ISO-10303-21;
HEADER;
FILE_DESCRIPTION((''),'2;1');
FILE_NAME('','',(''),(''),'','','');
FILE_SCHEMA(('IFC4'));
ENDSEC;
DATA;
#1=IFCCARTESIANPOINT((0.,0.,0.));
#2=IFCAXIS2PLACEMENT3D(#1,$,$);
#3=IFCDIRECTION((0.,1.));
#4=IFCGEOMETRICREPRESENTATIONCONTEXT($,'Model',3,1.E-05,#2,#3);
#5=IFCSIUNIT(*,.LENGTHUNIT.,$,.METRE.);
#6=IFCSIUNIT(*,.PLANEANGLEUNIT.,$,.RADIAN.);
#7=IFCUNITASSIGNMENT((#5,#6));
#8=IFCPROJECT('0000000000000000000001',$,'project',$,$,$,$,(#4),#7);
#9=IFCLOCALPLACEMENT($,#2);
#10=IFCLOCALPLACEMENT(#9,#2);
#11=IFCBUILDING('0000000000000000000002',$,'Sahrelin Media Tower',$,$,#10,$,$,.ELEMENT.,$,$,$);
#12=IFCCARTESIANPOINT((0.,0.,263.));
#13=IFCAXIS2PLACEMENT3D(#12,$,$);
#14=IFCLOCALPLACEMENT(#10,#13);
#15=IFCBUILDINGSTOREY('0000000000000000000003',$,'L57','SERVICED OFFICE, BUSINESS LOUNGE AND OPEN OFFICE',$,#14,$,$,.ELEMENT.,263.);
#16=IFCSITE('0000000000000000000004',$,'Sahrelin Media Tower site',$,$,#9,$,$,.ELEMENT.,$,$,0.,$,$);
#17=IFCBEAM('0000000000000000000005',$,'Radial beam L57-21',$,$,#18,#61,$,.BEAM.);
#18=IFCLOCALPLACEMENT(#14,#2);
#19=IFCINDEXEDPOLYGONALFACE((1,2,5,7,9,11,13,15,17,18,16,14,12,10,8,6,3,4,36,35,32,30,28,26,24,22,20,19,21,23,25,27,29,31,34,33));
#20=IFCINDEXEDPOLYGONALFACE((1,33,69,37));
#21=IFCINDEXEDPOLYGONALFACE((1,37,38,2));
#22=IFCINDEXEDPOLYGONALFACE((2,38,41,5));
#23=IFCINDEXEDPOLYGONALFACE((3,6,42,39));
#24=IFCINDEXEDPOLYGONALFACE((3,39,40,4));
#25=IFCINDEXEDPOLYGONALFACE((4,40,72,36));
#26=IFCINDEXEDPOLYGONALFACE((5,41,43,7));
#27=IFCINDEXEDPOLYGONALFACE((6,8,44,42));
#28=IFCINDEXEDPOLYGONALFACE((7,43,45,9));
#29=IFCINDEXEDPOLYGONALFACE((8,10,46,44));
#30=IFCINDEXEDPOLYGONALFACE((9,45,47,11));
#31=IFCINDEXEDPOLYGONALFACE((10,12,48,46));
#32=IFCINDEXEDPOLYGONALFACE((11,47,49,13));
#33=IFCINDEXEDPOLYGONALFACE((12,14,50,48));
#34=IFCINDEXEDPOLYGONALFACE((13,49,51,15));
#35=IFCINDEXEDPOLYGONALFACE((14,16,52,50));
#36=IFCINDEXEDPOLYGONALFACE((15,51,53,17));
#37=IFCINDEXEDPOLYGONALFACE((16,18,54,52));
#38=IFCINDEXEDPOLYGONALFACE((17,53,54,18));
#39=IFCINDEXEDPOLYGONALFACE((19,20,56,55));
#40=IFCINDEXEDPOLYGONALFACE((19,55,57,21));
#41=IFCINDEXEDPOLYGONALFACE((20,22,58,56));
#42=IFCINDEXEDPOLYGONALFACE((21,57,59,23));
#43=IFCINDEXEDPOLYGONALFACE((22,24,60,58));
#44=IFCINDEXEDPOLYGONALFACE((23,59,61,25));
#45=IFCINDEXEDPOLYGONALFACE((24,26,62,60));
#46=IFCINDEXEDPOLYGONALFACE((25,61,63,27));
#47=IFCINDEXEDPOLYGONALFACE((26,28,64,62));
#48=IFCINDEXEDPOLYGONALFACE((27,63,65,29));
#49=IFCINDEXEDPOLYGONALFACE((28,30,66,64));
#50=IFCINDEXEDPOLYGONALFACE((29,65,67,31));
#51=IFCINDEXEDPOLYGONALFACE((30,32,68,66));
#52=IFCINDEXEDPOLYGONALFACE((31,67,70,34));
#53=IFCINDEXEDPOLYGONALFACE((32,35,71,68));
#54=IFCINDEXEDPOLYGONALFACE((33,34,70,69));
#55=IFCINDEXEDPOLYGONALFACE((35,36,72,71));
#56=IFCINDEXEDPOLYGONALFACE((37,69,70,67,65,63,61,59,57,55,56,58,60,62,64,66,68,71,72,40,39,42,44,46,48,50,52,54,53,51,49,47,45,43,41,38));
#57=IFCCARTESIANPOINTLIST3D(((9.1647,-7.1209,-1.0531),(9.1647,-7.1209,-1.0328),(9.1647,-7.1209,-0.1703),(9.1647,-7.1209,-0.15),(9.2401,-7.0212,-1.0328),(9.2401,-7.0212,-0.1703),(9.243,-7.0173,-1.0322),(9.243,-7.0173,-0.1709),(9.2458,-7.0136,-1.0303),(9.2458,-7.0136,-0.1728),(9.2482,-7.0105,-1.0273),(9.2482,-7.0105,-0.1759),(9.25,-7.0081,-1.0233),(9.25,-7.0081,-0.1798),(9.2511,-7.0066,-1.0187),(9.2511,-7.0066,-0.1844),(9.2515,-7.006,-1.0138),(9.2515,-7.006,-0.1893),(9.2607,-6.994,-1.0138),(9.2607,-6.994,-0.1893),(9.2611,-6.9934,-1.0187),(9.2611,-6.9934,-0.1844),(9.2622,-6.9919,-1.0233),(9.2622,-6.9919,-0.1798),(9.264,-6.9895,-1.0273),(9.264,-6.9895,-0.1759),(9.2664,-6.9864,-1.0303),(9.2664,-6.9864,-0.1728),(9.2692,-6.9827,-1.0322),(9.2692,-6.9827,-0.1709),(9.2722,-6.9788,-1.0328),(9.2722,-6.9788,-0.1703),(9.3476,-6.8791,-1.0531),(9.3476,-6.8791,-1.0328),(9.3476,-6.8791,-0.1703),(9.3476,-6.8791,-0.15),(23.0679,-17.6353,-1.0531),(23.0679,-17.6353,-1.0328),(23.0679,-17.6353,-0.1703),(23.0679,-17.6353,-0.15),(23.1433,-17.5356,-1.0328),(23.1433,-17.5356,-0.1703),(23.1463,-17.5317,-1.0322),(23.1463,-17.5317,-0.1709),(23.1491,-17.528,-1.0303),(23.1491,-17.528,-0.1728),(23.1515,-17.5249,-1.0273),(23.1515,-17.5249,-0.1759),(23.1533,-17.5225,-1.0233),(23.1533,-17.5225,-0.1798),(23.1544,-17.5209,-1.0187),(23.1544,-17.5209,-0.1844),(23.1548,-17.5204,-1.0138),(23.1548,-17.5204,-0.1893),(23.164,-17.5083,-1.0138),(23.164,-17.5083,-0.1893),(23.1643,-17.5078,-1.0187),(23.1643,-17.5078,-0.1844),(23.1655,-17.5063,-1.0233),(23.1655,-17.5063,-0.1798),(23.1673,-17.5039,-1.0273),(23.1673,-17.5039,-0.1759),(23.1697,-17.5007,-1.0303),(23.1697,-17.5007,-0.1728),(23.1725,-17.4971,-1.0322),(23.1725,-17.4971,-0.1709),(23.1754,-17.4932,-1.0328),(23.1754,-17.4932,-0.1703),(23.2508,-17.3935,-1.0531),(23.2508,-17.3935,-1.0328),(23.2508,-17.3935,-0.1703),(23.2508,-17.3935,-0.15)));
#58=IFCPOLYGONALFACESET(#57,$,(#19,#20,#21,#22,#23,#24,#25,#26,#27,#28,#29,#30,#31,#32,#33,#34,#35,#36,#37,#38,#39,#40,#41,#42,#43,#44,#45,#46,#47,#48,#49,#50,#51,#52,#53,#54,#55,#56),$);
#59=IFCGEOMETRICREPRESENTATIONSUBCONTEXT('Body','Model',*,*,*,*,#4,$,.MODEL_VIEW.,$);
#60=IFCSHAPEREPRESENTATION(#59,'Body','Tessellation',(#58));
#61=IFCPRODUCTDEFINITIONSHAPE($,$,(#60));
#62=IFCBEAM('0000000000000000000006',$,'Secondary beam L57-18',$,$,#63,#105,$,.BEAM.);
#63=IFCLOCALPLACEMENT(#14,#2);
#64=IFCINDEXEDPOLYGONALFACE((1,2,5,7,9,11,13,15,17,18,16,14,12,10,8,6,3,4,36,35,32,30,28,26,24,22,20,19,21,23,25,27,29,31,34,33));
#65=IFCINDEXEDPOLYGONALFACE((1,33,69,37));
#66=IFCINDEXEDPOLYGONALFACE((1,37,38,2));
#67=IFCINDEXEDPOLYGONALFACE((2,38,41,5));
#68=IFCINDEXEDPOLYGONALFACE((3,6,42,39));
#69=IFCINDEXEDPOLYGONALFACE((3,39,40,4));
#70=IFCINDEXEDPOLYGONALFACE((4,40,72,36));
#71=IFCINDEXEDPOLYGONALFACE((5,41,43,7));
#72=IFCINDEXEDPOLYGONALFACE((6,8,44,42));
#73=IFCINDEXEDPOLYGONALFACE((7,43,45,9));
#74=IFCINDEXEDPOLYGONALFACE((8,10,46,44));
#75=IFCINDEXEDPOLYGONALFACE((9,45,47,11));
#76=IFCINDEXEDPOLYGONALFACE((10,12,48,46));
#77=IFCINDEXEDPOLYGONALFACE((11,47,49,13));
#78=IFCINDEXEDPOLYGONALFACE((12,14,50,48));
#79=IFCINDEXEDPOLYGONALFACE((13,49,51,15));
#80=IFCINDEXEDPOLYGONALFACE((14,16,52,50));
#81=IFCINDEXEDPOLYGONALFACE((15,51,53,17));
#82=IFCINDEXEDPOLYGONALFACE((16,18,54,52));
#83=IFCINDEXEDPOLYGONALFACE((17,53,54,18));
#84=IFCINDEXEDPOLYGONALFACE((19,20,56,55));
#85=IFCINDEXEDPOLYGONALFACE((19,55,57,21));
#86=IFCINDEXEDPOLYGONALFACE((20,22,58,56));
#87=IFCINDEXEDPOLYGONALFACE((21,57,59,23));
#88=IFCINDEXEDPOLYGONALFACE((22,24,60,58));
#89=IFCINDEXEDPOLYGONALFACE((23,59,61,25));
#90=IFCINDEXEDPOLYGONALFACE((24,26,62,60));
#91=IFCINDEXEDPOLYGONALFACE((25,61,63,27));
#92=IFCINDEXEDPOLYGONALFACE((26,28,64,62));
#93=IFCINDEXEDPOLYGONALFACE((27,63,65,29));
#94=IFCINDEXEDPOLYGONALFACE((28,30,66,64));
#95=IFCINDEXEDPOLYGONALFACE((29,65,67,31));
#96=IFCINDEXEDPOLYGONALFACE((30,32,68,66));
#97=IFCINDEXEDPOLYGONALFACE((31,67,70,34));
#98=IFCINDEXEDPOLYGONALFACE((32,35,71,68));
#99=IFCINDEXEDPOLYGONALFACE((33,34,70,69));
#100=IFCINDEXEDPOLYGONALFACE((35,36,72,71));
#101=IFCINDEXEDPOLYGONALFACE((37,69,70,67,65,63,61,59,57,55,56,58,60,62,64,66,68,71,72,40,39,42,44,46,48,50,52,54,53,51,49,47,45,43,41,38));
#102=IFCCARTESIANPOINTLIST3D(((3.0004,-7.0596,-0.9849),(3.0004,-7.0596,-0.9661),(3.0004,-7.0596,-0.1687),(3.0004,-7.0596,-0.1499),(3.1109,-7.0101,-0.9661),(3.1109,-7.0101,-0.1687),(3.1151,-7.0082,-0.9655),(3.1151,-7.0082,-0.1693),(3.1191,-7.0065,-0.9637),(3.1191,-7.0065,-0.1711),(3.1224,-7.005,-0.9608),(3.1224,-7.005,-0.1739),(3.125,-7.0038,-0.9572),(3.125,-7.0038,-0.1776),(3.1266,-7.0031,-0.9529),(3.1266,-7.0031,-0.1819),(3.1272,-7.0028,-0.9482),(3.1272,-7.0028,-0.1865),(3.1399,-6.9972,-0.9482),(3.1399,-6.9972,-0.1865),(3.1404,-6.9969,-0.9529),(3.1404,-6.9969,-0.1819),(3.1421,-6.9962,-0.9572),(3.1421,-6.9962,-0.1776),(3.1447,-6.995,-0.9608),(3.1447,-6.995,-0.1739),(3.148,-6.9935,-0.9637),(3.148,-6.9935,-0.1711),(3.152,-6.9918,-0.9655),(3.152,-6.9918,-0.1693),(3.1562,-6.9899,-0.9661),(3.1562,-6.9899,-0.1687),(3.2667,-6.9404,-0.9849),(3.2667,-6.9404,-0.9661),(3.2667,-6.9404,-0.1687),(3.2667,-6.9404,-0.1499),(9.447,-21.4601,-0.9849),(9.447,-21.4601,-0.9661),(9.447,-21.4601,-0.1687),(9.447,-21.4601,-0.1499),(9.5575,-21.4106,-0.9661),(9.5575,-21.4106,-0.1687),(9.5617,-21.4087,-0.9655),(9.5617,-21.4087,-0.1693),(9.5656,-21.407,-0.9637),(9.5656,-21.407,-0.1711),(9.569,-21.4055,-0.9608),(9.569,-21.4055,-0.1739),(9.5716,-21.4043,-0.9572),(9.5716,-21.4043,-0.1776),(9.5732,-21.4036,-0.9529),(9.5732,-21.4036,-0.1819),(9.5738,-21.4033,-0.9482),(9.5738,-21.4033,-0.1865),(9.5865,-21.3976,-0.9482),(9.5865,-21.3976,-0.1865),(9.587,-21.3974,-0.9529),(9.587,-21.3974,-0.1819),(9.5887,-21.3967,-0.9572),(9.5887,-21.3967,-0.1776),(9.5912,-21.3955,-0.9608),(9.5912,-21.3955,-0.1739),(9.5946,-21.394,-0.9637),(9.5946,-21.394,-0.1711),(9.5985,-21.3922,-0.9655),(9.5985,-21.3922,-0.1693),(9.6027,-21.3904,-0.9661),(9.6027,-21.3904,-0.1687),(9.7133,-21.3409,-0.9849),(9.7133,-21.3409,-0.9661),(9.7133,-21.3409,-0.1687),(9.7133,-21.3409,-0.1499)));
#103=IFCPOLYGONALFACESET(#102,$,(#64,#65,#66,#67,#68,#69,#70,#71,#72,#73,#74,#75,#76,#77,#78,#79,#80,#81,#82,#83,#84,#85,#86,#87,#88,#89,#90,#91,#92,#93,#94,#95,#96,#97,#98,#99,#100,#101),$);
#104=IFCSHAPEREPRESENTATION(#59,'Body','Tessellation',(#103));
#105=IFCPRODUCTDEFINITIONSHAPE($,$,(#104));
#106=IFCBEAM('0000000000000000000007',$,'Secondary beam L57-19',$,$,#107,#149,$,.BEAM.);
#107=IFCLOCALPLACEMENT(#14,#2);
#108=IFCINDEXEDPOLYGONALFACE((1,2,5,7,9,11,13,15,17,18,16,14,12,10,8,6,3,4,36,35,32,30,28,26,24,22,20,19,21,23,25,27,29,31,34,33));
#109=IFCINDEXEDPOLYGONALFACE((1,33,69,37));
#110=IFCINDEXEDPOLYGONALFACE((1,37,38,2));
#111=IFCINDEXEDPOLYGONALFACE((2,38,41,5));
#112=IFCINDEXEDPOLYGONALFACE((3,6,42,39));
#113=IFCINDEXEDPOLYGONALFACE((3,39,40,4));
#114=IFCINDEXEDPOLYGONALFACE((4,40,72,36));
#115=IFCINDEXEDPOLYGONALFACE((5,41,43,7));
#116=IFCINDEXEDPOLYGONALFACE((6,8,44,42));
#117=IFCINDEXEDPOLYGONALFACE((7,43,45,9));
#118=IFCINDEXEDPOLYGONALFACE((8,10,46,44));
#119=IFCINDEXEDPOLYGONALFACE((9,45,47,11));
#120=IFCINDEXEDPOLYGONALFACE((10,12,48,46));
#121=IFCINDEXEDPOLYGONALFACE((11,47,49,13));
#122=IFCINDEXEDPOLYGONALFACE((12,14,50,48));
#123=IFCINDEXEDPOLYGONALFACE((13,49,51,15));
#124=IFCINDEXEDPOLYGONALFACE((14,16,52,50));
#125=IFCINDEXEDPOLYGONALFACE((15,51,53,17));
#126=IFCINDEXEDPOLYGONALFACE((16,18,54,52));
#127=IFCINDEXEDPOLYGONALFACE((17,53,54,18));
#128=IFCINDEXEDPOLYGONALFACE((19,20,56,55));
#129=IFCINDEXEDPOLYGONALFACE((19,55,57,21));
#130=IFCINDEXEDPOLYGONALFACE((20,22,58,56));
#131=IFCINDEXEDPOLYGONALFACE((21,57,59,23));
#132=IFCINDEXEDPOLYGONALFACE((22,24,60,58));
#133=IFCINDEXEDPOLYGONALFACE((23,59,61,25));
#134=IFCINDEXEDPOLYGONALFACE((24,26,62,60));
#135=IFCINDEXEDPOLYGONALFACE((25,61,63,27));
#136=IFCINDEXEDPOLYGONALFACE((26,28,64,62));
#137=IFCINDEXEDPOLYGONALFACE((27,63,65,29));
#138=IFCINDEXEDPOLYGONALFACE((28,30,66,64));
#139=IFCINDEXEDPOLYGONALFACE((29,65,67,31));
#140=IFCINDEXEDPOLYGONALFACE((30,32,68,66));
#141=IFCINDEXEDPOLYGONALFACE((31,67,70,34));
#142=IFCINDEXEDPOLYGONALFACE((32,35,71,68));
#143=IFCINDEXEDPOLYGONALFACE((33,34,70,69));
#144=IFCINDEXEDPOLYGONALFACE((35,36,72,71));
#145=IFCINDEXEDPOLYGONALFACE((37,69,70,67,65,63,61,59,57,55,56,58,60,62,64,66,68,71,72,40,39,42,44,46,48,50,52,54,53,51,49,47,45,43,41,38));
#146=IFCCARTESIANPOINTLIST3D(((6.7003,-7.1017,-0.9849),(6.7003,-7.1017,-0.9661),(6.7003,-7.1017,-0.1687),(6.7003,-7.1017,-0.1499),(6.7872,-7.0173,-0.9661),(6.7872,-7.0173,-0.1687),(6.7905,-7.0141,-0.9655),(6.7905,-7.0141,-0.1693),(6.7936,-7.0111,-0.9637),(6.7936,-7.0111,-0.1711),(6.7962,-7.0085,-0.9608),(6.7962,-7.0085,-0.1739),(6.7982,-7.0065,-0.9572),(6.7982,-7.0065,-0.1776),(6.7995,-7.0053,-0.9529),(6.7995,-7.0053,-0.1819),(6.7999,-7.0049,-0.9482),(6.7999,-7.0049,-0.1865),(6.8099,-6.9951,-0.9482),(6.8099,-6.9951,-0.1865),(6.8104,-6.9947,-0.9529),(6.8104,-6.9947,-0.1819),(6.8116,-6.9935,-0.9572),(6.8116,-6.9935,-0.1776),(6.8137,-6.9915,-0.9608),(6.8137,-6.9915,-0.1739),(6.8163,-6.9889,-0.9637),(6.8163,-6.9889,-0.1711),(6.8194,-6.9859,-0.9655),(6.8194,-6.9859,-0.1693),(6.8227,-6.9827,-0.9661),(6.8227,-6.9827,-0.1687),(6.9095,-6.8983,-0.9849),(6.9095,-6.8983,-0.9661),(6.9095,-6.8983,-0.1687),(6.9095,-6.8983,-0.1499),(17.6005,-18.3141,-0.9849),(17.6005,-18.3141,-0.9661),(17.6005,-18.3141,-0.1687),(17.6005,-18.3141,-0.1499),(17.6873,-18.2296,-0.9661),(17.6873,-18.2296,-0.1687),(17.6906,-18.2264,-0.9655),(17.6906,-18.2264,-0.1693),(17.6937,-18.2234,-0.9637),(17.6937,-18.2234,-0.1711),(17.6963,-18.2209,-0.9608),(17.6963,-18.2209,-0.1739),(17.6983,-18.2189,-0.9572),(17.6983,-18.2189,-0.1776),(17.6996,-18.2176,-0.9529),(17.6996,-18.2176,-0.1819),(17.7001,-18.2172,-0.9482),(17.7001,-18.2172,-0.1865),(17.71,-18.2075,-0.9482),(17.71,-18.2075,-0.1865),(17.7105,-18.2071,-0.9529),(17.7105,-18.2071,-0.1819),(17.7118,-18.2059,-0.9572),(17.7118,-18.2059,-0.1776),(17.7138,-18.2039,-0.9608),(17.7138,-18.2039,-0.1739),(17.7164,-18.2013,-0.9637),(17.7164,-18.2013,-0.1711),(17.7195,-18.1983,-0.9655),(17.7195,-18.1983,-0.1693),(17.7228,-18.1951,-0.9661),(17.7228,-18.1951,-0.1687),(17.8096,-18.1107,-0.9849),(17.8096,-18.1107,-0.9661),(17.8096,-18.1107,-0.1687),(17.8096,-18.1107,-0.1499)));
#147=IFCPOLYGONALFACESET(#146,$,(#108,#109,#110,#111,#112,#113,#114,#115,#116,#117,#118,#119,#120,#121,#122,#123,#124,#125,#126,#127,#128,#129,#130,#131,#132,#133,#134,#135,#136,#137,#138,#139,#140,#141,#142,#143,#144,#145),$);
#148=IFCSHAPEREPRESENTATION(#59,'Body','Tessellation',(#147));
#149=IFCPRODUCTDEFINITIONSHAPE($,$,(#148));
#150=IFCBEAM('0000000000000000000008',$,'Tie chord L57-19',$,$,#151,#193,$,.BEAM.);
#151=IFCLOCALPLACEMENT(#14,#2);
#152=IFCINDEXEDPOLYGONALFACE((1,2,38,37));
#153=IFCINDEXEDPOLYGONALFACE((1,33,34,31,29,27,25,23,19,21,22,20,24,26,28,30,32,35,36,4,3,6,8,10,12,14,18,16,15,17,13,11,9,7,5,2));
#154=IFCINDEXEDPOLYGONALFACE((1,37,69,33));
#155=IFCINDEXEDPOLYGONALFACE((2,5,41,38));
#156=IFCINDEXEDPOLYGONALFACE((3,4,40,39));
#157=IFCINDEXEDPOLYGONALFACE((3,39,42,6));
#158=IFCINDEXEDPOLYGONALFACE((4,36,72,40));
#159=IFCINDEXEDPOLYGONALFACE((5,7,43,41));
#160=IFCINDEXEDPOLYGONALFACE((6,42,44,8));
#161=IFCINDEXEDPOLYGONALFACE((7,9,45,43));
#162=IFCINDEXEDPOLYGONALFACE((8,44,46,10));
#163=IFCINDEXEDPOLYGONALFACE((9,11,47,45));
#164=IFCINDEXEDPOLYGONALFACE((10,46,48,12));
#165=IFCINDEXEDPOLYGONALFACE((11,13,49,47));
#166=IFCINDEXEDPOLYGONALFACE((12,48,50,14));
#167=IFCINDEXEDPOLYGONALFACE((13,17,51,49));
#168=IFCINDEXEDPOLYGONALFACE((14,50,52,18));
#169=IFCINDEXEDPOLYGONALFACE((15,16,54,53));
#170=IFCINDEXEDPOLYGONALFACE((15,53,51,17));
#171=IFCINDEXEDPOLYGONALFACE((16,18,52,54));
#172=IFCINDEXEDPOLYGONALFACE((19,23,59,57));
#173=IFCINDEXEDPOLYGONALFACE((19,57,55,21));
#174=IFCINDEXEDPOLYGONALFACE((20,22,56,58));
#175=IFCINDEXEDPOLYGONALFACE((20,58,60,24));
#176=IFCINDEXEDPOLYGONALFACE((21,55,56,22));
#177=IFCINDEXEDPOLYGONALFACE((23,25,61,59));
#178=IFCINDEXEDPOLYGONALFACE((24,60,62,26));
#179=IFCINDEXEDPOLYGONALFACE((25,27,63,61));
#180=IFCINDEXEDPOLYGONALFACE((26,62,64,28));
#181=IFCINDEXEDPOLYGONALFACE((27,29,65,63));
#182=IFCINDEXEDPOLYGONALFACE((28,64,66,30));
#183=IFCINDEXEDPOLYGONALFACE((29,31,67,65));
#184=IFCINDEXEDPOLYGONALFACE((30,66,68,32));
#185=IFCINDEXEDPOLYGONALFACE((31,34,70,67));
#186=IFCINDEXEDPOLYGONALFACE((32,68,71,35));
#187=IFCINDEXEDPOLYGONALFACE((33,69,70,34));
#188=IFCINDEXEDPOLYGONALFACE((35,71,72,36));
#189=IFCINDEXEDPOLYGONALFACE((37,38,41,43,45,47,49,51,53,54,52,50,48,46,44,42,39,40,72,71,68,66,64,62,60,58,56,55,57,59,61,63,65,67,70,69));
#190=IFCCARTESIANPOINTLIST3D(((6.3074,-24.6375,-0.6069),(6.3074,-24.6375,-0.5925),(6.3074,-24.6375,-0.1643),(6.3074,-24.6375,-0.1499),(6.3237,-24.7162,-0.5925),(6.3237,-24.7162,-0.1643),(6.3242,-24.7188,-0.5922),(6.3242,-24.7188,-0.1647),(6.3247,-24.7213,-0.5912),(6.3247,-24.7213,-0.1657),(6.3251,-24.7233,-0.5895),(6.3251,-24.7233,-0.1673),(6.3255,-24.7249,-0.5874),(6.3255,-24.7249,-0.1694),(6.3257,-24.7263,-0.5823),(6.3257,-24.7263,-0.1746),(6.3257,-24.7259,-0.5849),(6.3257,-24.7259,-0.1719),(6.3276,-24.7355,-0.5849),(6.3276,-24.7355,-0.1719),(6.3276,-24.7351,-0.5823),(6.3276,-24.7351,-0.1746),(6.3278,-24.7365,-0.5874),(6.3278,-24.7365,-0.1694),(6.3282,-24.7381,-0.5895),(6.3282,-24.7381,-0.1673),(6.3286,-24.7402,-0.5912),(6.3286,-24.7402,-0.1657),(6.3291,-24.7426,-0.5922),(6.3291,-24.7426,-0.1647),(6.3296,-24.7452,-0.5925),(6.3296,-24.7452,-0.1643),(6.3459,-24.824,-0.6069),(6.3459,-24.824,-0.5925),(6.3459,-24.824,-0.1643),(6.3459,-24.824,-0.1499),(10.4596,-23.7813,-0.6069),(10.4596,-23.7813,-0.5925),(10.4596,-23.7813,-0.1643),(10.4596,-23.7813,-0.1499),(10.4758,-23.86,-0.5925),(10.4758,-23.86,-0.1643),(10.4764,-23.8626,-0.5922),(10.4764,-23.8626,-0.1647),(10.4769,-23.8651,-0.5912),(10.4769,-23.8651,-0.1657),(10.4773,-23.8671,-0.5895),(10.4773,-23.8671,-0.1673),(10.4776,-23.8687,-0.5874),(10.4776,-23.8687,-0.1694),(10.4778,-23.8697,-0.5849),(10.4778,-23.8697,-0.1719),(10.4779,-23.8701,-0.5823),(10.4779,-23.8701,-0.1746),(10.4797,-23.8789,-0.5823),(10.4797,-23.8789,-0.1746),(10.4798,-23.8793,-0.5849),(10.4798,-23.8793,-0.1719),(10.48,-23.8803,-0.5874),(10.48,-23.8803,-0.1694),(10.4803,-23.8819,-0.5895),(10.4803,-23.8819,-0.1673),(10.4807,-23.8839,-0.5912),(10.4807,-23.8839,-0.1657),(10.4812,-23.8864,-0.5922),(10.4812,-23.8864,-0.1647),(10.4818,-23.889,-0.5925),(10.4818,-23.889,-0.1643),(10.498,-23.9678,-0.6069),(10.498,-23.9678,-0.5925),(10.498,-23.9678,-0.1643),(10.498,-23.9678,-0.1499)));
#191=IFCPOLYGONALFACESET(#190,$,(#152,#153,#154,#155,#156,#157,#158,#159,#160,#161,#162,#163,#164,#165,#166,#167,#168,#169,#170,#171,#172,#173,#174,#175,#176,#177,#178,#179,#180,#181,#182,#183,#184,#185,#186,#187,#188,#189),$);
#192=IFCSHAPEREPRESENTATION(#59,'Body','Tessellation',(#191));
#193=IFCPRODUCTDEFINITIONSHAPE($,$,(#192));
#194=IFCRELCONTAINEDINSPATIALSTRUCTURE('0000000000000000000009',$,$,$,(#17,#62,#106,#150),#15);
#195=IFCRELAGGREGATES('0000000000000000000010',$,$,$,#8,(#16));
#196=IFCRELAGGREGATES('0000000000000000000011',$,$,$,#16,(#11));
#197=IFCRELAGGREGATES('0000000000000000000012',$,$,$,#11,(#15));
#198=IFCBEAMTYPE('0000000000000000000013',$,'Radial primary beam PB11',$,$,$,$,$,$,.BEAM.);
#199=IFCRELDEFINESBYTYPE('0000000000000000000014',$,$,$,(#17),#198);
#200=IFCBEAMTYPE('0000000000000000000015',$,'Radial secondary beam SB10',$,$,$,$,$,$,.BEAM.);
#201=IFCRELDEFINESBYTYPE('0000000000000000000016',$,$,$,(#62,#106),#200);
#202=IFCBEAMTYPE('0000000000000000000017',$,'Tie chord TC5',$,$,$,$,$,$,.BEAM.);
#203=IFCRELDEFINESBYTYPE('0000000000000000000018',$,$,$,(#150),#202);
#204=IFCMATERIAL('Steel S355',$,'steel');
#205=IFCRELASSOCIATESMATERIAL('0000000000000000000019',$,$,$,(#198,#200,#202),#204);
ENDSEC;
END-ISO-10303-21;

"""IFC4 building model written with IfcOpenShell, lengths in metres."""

from ifc_helpers import new_model, si_unit, direction, frame, origin, origin_2d, place, context, subcontext, project, spatial, i_section, extrude, material, material_profile, profile_set, type_object, element, save


model = new_model("IFC4")

# Units and contexts
model_context = context("Model", 3, precision=1e-05, world=origin(), true_north=direction((0.0, 1.0)))
body_context = subcontext(model_context, "Body", "Model", "MODEL_VIEW")
ifc_project = project(units=[si_unit("LENGTHUNIT", "METRE"), si_unit("PLANEANGLEUNIT", "RADIAN")], contexts=[model_context])

# Site, building, storey
site_placement = place(None, origin())
site = spatial("IfcSite", under=ifc_project, at=site_placement, Name="Sahrelin Media Tower site", CompositionType="ELEMENT", RefElevation=0.0)
building_placement = place(site_placement, origin())
building = spatial("IfcBuilding", under=site, at=building_placement, Name="Sahrelin Media Tower", CompositionType="ELEMENT")
storey_placement = place(building_placement, frame((0.0, 0.0, 263.0)))
storey = spatial("IfcBuildingStorey", under=building, at=storey_placement, Name="L57", Description="SERVICED OFFICE, BUSINESS LOUNGE AND OPEN OFFICE", CompositionType="ELEMENT", Elevation=263.0)

# Shared definitions
ifc_material_1 = material(Name="Steel S355", Category="steel")

# Beams
ifc_material_profile_1 = material_profile(ifc_material_1, i_section(OverallWidth=0.3032, OverallDepth=0.9031, WebThickness=0.0151, FlangeThickness=0.0203, FilletRadius=0.019, at=origin_2d()), Name="UB 914x305x201")
ifc_profile_set_1 = profile_set([ifc_material_profile_1], Name="Steel S355")
beam_type_1 = type_object("IfcBeamType", Name="Radial primary beam PB11", PredefinedType="BEAM", material=ifc_profile_set_1)
beam_1_placement = place(storey_placement, frame((9.2561, -7.0, -0.6016), z_axis=(0.7976, -0.603186, 0.0), x_axis=(0.603186, 0.7976, 0.0)))
element("IfcBeam", 1, at=beam_1_placement, inside=storey, type_object=beam_type_1, Name="Radial beam L57-21", PredefinedType="BEAM", context=body_context, shape_type="SweptSolid", body=[
    extrude(i_section(OverallWidth=0.3032, OverallDepth=0.9031, WebThickness=0.0151, FlangeThickness=0.0203, FilletRadius=0.019, at=origin_2d()), origin(), (0.0, 0.0, 1.0), 17.4314),
])
ifc_material_profile_2 = material_profile(ifc_material_1, i_section(OverallWidth=0.2917, OverallDepth=0.835, WebThickness=0.0139, FlangeThickness=0.0188, FilletRadius=0.0178, at=origin_2d()), Name="UB 838x292x176")
ifc_profile_set_2 = profile_set([ifc_material_profile_2], Name="Steel S355")
beam_type_2 = type_object("IfcBeamType", Name="Radial secondary beam SB10", PredefinedType="BEAM", material=ifc_profile_set_2)
beam_2_placement = place(storey_placement, frame((3.1335, -7.0, -0.5674), z_axis=(0.408591, -0.912718, 0.0), x_axis=(0.912718, 0.408591, 0.0)))
element("IfcBeam", 2, at=beam_2_placement, inside=storey, type_object=beam_type_2, Name="Secondary beam L57-18", PredefinedType="BEAM", context=body_context, shape_type="SweptSolid", body=[
    extrude(i_section(OverallWidth=0.2917, OverallDepth=0.835, WebThickness=0.0139, FlangeThickness=0.0188, FilletRadius=0.0178, at=origin_2d()), origin(), (0.0, 0.0, 1.0), 15.7776),
])
beam_3_placement = place(storey_placement, frame((6.8049, -7.0, -0.5674), z_axis=(0.697052, -0.71702, 0.0), x_axis=(0.71702, 0.697052, 0.0)))
element("IfcBeam", 3, at=beam_3_placement, inside=storey, type_object=beam_type_2, Name="Secondary beam L57-19", PredefinedType="BEAM", context=body_context, shape_type="SweptSolid", body=[
    extrude(i_section(OverallWidth=0.2917, OverallDepth=0.835, WebThickness=0.0139, FlangeThickness=0.0188, FilletRadius=0.0178, at=origin_2d()), origin(), (0.0, 0.0, 1.0), 15.6375),
])
ifc_material_profile_3 = material_profile(ifc_material_1, i_section(OverallWidth=0.1904, OverallDepth=0.457, WebThickness=0.009, FlangeThickness=0.0144, FilletRadius=0.0103, at=origin_2d()), Name="UB 457x191x74")
ifc_profile_set_3 = profile_set([ifc_material_profile_3], Name="Steel S355")
beam_type_3 = type_object("IfcBeamType", Name="Tie chord TC5", PredefinedType="BEAM", material=ifc_profile_set_3)
beam_4_placement = place(storey_placement, frame((6.3267, -24.7307, -0.3784), z_axis=(0.979394, 0.20196, 0.0), x_axis=(-0.20196, 0.979394, 0.0)))
element("IfcBeam", 4, at=beam_4_placement, inside=storey, type_object=beam_type_3, Name="Tie chord L57-19", PredefinedType="BEAM", context=body_context, shape_type="SweptSolid", body=[
    extrude(i_section(OverallWidth=0.1904, OverallDepth=0.457, WebThickness=0.009, FlangeThickness=0.0144, FilletRadius=0.0103, at=origin_2d()), origin(), (0.0, 0.0, 1.0), 4.2395),
])

save(model, "model.ifc")
